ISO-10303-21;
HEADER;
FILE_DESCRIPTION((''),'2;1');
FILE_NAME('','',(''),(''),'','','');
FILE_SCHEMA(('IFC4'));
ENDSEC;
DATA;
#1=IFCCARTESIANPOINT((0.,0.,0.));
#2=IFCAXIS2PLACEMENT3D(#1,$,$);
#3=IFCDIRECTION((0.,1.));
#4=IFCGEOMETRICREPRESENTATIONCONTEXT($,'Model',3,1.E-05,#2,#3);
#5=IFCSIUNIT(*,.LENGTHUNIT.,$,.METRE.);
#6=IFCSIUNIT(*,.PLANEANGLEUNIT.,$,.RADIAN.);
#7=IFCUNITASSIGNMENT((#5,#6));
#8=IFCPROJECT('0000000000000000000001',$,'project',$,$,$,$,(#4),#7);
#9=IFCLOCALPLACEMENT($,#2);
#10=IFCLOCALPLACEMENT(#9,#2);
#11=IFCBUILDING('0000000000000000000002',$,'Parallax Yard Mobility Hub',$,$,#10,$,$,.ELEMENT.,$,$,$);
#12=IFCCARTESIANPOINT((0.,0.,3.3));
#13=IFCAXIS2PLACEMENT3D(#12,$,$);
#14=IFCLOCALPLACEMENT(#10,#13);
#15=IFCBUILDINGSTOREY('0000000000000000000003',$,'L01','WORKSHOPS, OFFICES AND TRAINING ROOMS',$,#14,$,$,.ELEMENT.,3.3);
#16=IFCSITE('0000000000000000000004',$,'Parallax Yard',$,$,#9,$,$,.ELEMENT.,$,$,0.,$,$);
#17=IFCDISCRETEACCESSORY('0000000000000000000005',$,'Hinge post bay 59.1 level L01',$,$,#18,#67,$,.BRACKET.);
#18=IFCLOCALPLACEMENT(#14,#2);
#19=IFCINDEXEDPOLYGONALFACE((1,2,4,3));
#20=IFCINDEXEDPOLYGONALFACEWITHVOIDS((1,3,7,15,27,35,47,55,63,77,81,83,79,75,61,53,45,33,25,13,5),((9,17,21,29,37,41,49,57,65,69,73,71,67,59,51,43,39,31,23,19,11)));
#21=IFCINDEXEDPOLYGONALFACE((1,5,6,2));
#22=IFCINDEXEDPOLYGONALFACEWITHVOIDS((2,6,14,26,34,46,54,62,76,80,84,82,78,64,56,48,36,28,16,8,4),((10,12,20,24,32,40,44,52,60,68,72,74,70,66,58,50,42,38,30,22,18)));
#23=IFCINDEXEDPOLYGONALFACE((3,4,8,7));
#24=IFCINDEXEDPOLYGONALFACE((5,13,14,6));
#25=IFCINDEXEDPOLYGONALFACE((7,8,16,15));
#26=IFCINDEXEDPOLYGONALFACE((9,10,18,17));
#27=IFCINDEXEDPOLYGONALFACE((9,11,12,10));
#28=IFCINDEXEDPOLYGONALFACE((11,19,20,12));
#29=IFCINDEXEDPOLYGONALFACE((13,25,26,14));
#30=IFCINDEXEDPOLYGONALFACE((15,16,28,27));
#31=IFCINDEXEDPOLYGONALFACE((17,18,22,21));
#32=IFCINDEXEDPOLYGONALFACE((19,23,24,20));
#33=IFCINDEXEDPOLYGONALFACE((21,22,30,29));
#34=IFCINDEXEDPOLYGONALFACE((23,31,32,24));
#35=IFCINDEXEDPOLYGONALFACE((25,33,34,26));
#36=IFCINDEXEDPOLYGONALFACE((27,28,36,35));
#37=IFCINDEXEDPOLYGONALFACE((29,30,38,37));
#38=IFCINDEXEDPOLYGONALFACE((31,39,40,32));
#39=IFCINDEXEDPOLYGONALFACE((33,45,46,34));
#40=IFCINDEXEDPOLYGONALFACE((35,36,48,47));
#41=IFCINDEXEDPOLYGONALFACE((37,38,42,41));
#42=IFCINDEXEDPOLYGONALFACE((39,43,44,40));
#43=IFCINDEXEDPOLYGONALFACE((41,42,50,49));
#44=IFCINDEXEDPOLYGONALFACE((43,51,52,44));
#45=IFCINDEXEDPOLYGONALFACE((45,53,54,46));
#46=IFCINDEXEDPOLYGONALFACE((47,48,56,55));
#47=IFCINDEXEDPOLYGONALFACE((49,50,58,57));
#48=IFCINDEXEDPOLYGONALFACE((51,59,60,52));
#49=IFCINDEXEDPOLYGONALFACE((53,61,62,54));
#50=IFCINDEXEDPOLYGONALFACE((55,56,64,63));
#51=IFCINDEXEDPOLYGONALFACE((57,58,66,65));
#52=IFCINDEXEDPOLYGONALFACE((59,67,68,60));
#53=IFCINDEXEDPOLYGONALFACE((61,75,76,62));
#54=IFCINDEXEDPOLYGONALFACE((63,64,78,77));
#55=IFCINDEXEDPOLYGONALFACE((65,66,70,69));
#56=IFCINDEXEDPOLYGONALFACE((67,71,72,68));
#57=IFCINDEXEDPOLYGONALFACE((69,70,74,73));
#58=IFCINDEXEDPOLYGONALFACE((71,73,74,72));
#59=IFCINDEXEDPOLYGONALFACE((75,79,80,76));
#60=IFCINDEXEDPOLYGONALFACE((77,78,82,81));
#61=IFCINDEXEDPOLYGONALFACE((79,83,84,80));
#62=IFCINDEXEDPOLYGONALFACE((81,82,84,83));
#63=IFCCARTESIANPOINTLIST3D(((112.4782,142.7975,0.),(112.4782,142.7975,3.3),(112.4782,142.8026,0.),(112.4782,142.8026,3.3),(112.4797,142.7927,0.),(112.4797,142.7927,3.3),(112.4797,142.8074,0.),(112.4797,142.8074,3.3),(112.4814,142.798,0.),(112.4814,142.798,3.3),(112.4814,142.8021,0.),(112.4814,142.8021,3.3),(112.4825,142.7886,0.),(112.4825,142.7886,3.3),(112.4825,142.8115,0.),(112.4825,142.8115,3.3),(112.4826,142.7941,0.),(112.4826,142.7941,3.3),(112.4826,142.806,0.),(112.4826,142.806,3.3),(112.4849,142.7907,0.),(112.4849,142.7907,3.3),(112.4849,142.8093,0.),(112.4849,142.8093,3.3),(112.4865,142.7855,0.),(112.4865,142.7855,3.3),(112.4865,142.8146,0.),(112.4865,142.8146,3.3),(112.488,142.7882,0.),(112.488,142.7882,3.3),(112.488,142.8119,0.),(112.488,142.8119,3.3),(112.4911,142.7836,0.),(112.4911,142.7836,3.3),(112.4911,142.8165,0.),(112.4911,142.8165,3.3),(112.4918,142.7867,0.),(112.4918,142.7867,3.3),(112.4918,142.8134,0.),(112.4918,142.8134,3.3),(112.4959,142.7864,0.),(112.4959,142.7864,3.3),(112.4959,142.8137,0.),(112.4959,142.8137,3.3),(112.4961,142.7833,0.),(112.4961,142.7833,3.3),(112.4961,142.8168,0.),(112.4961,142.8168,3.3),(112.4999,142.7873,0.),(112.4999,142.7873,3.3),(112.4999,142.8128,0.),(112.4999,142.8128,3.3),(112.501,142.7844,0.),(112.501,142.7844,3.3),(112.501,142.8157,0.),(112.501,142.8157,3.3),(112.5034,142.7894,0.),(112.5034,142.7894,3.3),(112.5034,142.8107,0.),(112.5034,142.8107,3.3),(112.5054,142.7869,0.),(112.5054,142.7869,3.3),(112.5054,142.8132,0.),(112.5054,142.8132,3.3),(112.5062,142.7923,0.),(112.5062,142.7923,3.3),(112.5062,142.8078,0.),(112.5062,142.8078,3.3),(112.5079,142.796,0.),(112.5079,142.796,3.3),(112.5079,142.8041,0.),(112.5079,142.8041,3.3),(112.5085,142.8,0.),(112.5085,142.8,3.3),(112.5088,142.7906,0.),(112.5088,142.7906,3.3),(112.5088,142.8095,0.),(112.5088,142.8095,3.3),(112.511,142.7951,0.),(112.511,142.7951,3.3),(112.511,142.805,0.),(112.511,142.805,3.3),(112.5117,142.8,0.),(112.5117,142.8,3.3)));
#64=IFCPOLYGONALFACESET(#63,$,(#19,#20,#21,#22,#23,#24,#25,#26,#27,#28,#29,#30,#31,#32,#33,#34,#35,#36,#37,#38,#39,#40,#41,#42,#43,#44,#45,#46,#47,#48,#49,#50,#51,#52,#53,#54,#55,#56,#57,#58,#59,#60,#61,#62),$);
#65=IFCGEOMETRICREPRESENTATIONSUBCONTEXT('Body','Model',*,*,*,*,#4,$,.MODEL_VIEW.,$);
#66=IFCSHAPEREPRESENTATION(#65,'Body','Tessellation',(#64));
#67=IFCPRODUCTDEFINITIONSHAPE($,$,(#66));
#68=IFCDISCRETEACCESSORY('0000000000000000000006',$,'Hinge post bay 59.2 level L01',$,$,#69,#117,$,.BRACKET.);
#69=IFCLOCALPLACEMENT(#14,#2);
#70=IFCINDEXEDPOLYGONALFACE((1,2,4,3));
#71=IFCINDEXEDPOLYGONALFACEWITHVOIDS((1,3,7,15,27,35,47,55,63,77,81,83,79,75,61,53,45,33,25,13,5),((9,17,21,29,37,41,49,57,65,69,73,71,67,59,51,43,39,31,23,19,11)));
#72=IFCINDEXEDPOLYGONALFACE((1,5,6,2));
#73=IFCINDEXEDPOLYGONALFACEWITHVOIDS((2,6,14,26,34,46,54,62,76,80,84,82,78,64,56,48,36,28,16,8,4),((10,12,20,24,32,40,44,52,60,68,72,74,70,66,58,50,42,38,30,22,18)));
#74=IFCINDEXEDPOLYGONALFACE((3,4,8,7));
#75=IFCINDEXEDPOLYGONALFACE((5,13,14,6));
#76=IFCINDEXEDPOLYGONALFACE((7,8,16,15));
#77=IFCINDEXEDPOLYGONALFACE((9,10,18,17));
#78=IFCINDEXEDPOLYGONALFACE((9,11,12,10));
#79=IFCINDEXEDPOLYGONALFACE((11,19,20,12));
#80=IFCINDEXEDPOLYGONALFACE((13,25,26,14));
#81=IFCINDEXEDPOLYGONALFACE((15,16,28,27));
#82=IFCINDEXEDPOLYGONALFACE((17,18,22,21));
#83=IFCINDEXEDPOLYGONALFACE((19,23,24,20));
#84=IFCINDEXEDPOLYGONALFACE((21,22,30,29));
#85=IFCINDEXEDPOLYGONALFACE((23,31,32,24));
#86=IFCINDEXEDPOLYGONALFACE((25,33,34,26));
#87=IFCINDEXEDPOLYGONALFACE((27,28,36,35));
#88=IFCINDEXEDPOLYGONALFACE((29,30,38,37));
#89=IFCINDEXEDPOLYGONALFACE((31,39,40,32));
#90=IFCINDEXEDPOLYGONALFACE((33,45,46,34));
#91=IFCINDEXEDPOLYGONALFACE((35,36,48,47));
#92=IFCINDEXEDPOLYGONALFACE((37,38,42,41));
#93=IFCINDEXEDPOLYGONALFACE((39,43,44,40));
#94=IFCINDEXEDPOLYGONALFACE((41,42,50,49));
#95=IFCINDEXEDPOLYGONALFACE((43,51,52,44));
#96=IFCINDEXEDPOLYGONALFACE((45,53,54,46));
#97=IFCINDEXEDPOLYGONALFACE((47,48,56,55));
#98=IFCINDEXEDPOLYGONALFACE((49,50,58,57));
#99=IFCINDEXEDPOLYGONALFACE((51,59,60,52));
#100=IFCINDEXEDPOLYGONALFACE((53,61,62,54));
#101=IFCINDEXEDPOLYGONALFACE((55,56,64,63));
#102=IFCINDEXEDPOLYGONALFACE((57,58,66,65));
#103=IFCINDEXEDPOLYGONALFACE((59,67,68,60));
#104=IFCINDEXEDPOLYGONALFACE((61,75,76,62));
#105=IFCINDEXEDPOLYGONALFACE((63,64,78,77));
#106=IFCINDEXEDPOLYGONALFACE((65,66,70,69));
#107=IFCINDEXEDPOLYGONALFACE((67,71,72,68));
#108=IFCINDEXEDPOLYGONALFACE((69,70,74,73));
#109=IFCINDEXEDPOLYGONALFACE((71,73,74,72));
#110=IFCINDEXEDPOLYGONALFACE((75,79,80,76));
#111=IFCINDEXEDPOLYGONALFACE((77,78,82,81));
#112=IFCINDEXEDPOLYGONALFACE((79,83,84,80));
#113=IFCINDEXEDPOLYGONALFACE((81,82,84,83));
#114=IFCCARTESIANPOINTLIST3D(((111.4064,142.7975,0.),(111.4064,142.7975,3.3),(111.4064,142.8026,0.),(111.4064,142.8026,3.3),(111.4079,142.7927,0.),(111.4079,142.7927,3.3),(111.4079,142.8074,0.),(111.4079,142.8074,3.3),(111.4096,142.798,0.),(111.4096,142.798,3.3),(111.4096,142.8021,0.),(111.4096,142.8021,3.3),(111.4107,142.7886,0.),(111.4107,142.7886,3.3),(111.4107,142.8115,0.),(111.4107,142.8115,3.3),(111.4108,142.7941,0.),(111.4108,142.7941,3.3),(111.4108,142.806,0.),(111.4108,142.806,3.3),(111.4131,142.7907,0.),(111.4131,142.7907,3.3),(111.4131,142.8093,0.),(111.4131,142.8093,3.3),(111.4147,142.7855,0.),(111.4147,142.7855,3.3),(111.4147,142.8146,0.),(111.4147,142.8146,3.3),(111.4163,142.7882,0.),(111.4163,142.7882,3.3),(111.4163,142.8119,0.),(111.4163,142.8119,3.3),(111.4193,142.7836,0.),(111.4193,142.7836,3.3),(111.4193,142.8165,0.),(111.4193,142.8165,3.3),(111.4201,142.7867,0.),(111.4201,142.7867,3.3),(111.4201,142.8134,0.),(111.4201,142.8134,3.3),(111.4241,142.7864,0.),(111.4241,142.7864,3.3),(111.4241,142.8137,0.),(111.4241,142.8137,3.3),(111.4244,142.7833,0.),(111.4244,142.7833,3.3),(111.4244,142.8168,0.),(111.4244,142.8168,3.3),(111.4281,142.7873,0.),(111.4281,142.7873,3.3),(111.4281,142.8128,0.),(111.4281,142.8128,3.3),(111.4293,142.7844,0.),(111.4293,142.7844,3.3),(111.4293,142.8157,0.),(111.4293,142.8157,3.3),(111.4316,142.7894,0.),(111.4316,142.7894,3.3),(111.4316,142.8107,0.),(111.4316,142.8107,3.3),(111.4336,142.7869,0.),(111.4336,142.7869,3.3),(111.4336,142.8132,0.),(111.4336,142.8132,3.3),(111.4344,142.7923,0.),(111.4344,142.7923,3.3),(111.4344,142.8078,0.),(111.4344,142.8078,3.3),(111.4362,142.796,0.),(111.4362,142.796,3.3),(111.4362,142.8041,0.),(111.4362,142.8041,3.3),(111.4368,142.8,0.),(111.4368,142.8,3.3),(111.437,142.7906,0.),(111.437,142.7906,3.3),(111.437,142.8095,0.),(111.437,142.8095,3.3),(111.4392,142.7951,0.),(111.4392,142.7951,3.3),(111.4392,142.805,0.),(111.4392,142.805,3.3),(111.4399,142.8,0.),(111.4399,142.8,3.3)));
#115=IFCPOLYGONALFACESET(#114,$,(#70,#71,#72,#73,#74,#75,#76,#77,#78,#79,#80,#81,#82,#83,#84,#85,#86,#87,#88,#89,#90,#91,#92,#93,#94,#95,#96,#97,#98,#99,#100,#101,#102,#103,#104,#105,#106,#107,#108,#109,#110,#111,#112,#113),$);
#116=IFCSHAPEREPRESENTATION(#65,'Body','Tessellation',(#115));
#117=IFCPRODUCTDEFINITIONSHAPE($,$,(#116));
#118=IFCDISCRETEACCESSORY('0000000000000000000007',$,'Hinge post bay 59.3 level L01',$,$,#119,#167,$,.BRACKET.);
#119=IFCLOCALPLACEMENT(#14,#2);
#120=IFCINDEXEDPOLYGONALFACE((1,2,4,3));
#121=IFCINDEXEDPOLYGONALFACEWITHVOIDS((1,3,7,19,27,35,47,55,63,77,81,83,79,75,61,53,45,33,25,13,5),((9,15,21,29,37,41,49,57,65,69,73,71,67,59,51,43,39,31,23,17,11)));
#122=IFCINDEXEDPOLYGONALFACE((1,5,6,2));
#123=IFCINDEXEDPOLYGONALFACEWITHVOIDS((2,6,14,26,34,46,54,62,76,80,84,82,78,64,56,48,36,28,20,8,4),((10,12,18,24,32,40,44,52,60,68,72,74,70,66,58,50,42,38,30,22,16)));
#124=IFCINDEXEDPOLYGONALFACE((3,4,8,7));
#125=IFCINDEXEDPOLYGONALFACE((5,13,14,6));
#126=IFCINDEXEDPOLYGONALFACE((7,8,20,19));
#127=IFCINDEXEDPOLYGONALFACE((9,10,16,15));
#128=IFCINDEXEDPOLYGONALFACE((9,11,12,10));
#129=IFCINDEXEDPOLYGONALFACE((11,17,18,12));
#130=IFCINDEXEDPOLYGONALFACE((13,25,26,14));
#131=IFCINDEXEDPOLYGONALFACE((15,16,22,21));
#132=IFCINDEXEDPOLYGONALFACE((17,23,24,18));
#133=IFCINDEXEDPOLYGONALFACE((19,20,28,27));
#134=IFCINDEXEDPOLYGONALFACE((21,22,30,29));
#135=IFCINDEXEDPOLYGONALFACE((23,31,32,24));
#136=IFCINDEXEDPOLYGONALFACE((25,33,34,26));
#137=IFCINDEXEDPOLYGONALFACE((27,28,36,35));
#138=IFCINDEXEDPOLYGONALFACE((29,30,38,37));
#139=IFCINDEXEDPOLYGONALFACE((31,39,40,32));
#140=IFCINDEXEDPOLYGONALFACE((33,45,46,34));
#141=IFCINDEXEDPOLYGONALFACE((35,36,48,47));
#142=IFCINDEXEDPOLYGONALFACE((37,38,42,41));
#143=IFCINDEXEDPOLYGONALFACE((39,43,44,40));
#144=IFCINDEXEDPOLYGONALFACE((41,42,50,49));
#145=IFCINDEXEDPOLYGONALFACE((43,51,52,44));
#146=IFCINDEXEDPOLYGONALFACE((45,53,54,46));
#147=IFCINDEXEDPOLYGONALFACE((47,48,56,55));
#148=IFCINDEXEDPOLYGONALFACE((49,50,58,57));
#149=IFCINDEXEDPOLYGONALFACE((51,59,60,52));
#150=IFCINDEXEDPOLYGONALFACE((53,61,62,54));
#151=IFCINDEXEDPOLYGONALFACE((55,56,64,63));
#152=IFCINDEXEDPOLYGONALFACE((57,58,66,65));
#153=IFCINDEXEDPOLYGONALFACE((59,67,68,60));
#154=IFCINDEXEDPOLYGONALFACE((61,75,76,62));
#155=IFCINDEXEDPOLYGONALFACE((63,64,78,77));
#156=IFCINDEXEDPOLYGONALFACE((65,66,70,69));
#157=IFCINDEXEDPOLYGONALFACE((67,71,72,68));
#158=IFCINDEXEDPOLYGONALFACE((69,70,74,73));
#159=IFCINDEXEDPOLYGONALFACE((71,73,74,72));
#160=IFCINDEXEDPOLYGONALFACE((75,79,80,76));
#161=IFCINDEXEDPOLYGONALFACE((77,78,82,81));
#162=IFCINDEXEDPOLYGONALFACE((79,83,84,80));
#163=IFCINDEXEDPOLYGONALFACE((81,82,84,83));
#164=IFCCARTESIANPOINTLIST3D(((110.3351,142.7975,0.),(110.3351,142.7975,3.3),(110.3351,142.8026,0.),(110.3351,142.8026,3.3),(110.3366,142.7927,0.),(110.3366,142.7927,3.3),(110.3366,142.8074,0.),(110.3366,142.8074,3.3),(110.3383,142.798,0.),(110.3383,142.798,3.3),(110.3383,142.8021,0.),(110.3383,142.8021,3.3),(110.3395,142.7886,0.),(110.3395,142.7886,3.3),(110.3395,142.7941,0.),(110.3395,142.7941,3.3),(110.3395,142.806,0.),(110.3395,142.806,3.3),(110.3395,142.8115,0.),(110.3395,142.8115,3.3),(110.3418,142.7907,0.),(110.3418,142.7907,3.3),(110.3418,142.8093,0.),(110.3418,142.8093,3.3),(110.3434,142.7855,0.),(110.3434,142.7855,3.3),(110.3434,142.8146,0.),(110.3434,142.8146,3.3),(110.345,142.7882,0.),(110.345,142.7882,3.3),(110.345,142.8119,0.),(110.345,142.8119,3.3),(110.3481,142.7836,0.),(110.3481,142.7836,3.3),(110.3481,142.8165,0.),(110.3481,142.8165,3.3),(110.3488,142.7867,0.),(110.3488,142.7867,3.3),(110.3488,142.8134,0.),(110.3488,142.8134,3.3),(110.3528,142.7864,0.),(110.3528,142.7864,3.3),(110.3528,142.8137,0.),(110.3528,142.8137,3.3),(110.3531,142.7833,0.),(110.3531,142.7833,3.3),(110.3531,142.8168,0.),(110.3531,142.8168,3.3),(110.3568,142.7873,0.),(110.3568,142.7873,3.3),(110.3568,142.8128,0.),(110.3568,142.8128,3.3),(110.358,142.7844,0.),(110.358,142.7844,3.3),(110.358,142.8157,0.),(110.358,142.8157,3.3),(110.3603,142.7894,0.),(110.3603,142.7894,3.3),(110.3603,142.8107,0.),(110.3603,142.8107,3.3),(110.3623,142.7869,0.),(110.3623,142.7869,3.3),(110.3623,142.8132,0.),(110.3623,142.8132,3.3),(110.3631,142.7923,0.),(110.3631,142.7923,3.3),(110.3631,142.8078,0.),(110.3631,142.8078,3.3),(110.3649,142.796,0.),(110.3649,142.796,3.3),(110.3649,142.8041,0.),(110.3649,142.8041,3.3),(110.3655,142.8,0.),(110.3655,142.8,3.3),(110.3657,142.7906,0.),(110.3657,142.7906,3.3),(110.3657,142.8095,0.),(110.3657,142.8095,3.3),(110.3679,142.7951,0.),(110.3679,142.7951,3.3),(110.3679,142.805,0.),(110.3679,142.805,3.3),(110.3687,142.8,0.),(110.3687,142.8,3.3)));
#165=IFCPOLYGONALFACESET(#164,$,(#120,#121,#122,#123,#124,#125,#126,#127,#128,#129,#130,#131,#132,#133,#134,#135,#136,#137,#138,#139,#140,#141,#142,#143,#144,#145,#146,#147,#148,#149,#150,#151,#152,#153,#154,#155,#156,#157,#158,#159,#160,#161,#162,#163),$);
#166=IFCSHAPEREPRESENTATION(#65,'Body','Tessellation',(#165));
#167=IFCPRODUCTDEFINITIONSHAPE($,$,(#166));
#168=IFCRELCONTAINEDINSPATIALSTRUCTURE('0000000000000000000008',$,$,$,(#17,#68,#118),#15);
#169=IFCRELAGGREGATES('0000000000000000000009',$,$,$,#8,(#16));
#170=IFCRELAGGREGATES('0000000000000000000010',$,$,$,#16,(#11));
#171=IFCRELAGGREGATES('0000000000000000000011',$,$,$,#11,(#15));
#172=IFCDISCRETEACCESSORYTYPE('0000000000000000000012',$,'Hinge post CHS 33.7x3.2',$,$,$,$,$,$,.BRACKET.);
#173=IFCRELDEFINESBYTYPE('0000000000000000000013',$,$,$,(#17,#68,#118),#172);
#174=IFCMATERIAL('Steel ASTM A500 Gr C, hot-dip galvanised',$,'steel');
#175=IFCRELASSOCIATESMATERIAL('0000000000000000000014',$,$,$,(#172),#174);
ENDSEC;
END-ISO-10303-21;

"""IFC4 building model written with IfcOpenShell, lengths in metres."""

from ifc_helpers import new_model, si_unit, direction, frame, origin, origin_2d, place, context, subcontext, project, spatial, hollow_circle, extrude, material, material_profile, profile_set, type_object, element, save


model = new_model("IFC4")

# Units and contexts
model_context = context("Model", 3, precision=1e-05, world=origin(), true_north=direction((0.0, 1.0)))
body_context = subcontext(model_context, "Body", "Model", "MODEL_VIEW")
ifc_project = project(units=[si_unit("LENGTHUNIT", "METRE"), si_unit("PLANEANGLEUNIT", "RADIAN")], contexts=[model_context])

# Site, building, storey
site_placement = place(None, origin())
site = spatial("IfcSite", under=ifc_project, at=site_placement, Name="Parallax Yard", CompositionType="ELEMENT", RefElevation=0.0)
building_placement = place(site_placement, origin())
building = spatial("IfcBuilding", under=site, at=building_placement, Name="Parallax Yard Mobility Hub", CompositionType="ELEMENT")
storey_placement = place(building_placement, frame((0.0, 0.0, 3.3)))
storey = spatial("IfcBuildingStorey", under=building, at=storey_placement, Name="L01", Description="WORKSHOPS, OFFICES AND TRAINING ROOMS", CompositionType="ELEMENT", Elevation=3.3)

# Discrete accessories
ifc_material_1 = material(Name="Steel ASTM A500 Gr C, hot-dip galvanised", Category="steel")
ifc_material_profile = material_profile(ifc_material_1, hollow_circle(Radius=0.0168, WallThickness=0.0032, at=origin_2d()), Name="CHS 33.7x3.2")
ifc_profile_set = profile_set([ifc_material_profile], Name="Steel ASTM A500 Gr C, hot-dip galvanised")
discrete_accessory_type_1 = type_object("IfcDiscreteAccessoryType", Name="Hinge post CHS 33.7x3.2", PredefinedType="BRACKET", material=ifc_profile_set)
for number, where, z_axis, x_axis, name in (
    (1, (112.4949, 142.8, 0.0), (0.0, 0.0, 1.0), (1.0, 0.0, 0.0), "Hinge post bay 59.1 level L01"),
    (2, (111.4231, 142.8, 0.0), (0.0, 0.0, 1.0), (1.0, 0.0, 0.0), "Hinge post bay 59.2 level L01"),
    (3, (110.3518, 142.8, 0.0), (0.0, 0.0, 1.0), (1.0, 0.0, 0.0), "Hinge post bay 59.3 level L01"),
):
    element("IfcDiscreteAccessory", number, at=place(storey_placement, frame(where, z_axis=z_axis, x_axis=x_axis)), inside=storey, type_object=discrete_accessory_type_1, Name=name, PredefinedType="BRACKET", context=body_context, shape_type="SweptSolid", body=[
        extrude(hollow_circle(Radius=0.0168, WallThickness=0.0032, at=origin_2d()), origin(), (0.0, 0.0, 1.0), 3.3),
    ])

save(model, "model.ifc")
